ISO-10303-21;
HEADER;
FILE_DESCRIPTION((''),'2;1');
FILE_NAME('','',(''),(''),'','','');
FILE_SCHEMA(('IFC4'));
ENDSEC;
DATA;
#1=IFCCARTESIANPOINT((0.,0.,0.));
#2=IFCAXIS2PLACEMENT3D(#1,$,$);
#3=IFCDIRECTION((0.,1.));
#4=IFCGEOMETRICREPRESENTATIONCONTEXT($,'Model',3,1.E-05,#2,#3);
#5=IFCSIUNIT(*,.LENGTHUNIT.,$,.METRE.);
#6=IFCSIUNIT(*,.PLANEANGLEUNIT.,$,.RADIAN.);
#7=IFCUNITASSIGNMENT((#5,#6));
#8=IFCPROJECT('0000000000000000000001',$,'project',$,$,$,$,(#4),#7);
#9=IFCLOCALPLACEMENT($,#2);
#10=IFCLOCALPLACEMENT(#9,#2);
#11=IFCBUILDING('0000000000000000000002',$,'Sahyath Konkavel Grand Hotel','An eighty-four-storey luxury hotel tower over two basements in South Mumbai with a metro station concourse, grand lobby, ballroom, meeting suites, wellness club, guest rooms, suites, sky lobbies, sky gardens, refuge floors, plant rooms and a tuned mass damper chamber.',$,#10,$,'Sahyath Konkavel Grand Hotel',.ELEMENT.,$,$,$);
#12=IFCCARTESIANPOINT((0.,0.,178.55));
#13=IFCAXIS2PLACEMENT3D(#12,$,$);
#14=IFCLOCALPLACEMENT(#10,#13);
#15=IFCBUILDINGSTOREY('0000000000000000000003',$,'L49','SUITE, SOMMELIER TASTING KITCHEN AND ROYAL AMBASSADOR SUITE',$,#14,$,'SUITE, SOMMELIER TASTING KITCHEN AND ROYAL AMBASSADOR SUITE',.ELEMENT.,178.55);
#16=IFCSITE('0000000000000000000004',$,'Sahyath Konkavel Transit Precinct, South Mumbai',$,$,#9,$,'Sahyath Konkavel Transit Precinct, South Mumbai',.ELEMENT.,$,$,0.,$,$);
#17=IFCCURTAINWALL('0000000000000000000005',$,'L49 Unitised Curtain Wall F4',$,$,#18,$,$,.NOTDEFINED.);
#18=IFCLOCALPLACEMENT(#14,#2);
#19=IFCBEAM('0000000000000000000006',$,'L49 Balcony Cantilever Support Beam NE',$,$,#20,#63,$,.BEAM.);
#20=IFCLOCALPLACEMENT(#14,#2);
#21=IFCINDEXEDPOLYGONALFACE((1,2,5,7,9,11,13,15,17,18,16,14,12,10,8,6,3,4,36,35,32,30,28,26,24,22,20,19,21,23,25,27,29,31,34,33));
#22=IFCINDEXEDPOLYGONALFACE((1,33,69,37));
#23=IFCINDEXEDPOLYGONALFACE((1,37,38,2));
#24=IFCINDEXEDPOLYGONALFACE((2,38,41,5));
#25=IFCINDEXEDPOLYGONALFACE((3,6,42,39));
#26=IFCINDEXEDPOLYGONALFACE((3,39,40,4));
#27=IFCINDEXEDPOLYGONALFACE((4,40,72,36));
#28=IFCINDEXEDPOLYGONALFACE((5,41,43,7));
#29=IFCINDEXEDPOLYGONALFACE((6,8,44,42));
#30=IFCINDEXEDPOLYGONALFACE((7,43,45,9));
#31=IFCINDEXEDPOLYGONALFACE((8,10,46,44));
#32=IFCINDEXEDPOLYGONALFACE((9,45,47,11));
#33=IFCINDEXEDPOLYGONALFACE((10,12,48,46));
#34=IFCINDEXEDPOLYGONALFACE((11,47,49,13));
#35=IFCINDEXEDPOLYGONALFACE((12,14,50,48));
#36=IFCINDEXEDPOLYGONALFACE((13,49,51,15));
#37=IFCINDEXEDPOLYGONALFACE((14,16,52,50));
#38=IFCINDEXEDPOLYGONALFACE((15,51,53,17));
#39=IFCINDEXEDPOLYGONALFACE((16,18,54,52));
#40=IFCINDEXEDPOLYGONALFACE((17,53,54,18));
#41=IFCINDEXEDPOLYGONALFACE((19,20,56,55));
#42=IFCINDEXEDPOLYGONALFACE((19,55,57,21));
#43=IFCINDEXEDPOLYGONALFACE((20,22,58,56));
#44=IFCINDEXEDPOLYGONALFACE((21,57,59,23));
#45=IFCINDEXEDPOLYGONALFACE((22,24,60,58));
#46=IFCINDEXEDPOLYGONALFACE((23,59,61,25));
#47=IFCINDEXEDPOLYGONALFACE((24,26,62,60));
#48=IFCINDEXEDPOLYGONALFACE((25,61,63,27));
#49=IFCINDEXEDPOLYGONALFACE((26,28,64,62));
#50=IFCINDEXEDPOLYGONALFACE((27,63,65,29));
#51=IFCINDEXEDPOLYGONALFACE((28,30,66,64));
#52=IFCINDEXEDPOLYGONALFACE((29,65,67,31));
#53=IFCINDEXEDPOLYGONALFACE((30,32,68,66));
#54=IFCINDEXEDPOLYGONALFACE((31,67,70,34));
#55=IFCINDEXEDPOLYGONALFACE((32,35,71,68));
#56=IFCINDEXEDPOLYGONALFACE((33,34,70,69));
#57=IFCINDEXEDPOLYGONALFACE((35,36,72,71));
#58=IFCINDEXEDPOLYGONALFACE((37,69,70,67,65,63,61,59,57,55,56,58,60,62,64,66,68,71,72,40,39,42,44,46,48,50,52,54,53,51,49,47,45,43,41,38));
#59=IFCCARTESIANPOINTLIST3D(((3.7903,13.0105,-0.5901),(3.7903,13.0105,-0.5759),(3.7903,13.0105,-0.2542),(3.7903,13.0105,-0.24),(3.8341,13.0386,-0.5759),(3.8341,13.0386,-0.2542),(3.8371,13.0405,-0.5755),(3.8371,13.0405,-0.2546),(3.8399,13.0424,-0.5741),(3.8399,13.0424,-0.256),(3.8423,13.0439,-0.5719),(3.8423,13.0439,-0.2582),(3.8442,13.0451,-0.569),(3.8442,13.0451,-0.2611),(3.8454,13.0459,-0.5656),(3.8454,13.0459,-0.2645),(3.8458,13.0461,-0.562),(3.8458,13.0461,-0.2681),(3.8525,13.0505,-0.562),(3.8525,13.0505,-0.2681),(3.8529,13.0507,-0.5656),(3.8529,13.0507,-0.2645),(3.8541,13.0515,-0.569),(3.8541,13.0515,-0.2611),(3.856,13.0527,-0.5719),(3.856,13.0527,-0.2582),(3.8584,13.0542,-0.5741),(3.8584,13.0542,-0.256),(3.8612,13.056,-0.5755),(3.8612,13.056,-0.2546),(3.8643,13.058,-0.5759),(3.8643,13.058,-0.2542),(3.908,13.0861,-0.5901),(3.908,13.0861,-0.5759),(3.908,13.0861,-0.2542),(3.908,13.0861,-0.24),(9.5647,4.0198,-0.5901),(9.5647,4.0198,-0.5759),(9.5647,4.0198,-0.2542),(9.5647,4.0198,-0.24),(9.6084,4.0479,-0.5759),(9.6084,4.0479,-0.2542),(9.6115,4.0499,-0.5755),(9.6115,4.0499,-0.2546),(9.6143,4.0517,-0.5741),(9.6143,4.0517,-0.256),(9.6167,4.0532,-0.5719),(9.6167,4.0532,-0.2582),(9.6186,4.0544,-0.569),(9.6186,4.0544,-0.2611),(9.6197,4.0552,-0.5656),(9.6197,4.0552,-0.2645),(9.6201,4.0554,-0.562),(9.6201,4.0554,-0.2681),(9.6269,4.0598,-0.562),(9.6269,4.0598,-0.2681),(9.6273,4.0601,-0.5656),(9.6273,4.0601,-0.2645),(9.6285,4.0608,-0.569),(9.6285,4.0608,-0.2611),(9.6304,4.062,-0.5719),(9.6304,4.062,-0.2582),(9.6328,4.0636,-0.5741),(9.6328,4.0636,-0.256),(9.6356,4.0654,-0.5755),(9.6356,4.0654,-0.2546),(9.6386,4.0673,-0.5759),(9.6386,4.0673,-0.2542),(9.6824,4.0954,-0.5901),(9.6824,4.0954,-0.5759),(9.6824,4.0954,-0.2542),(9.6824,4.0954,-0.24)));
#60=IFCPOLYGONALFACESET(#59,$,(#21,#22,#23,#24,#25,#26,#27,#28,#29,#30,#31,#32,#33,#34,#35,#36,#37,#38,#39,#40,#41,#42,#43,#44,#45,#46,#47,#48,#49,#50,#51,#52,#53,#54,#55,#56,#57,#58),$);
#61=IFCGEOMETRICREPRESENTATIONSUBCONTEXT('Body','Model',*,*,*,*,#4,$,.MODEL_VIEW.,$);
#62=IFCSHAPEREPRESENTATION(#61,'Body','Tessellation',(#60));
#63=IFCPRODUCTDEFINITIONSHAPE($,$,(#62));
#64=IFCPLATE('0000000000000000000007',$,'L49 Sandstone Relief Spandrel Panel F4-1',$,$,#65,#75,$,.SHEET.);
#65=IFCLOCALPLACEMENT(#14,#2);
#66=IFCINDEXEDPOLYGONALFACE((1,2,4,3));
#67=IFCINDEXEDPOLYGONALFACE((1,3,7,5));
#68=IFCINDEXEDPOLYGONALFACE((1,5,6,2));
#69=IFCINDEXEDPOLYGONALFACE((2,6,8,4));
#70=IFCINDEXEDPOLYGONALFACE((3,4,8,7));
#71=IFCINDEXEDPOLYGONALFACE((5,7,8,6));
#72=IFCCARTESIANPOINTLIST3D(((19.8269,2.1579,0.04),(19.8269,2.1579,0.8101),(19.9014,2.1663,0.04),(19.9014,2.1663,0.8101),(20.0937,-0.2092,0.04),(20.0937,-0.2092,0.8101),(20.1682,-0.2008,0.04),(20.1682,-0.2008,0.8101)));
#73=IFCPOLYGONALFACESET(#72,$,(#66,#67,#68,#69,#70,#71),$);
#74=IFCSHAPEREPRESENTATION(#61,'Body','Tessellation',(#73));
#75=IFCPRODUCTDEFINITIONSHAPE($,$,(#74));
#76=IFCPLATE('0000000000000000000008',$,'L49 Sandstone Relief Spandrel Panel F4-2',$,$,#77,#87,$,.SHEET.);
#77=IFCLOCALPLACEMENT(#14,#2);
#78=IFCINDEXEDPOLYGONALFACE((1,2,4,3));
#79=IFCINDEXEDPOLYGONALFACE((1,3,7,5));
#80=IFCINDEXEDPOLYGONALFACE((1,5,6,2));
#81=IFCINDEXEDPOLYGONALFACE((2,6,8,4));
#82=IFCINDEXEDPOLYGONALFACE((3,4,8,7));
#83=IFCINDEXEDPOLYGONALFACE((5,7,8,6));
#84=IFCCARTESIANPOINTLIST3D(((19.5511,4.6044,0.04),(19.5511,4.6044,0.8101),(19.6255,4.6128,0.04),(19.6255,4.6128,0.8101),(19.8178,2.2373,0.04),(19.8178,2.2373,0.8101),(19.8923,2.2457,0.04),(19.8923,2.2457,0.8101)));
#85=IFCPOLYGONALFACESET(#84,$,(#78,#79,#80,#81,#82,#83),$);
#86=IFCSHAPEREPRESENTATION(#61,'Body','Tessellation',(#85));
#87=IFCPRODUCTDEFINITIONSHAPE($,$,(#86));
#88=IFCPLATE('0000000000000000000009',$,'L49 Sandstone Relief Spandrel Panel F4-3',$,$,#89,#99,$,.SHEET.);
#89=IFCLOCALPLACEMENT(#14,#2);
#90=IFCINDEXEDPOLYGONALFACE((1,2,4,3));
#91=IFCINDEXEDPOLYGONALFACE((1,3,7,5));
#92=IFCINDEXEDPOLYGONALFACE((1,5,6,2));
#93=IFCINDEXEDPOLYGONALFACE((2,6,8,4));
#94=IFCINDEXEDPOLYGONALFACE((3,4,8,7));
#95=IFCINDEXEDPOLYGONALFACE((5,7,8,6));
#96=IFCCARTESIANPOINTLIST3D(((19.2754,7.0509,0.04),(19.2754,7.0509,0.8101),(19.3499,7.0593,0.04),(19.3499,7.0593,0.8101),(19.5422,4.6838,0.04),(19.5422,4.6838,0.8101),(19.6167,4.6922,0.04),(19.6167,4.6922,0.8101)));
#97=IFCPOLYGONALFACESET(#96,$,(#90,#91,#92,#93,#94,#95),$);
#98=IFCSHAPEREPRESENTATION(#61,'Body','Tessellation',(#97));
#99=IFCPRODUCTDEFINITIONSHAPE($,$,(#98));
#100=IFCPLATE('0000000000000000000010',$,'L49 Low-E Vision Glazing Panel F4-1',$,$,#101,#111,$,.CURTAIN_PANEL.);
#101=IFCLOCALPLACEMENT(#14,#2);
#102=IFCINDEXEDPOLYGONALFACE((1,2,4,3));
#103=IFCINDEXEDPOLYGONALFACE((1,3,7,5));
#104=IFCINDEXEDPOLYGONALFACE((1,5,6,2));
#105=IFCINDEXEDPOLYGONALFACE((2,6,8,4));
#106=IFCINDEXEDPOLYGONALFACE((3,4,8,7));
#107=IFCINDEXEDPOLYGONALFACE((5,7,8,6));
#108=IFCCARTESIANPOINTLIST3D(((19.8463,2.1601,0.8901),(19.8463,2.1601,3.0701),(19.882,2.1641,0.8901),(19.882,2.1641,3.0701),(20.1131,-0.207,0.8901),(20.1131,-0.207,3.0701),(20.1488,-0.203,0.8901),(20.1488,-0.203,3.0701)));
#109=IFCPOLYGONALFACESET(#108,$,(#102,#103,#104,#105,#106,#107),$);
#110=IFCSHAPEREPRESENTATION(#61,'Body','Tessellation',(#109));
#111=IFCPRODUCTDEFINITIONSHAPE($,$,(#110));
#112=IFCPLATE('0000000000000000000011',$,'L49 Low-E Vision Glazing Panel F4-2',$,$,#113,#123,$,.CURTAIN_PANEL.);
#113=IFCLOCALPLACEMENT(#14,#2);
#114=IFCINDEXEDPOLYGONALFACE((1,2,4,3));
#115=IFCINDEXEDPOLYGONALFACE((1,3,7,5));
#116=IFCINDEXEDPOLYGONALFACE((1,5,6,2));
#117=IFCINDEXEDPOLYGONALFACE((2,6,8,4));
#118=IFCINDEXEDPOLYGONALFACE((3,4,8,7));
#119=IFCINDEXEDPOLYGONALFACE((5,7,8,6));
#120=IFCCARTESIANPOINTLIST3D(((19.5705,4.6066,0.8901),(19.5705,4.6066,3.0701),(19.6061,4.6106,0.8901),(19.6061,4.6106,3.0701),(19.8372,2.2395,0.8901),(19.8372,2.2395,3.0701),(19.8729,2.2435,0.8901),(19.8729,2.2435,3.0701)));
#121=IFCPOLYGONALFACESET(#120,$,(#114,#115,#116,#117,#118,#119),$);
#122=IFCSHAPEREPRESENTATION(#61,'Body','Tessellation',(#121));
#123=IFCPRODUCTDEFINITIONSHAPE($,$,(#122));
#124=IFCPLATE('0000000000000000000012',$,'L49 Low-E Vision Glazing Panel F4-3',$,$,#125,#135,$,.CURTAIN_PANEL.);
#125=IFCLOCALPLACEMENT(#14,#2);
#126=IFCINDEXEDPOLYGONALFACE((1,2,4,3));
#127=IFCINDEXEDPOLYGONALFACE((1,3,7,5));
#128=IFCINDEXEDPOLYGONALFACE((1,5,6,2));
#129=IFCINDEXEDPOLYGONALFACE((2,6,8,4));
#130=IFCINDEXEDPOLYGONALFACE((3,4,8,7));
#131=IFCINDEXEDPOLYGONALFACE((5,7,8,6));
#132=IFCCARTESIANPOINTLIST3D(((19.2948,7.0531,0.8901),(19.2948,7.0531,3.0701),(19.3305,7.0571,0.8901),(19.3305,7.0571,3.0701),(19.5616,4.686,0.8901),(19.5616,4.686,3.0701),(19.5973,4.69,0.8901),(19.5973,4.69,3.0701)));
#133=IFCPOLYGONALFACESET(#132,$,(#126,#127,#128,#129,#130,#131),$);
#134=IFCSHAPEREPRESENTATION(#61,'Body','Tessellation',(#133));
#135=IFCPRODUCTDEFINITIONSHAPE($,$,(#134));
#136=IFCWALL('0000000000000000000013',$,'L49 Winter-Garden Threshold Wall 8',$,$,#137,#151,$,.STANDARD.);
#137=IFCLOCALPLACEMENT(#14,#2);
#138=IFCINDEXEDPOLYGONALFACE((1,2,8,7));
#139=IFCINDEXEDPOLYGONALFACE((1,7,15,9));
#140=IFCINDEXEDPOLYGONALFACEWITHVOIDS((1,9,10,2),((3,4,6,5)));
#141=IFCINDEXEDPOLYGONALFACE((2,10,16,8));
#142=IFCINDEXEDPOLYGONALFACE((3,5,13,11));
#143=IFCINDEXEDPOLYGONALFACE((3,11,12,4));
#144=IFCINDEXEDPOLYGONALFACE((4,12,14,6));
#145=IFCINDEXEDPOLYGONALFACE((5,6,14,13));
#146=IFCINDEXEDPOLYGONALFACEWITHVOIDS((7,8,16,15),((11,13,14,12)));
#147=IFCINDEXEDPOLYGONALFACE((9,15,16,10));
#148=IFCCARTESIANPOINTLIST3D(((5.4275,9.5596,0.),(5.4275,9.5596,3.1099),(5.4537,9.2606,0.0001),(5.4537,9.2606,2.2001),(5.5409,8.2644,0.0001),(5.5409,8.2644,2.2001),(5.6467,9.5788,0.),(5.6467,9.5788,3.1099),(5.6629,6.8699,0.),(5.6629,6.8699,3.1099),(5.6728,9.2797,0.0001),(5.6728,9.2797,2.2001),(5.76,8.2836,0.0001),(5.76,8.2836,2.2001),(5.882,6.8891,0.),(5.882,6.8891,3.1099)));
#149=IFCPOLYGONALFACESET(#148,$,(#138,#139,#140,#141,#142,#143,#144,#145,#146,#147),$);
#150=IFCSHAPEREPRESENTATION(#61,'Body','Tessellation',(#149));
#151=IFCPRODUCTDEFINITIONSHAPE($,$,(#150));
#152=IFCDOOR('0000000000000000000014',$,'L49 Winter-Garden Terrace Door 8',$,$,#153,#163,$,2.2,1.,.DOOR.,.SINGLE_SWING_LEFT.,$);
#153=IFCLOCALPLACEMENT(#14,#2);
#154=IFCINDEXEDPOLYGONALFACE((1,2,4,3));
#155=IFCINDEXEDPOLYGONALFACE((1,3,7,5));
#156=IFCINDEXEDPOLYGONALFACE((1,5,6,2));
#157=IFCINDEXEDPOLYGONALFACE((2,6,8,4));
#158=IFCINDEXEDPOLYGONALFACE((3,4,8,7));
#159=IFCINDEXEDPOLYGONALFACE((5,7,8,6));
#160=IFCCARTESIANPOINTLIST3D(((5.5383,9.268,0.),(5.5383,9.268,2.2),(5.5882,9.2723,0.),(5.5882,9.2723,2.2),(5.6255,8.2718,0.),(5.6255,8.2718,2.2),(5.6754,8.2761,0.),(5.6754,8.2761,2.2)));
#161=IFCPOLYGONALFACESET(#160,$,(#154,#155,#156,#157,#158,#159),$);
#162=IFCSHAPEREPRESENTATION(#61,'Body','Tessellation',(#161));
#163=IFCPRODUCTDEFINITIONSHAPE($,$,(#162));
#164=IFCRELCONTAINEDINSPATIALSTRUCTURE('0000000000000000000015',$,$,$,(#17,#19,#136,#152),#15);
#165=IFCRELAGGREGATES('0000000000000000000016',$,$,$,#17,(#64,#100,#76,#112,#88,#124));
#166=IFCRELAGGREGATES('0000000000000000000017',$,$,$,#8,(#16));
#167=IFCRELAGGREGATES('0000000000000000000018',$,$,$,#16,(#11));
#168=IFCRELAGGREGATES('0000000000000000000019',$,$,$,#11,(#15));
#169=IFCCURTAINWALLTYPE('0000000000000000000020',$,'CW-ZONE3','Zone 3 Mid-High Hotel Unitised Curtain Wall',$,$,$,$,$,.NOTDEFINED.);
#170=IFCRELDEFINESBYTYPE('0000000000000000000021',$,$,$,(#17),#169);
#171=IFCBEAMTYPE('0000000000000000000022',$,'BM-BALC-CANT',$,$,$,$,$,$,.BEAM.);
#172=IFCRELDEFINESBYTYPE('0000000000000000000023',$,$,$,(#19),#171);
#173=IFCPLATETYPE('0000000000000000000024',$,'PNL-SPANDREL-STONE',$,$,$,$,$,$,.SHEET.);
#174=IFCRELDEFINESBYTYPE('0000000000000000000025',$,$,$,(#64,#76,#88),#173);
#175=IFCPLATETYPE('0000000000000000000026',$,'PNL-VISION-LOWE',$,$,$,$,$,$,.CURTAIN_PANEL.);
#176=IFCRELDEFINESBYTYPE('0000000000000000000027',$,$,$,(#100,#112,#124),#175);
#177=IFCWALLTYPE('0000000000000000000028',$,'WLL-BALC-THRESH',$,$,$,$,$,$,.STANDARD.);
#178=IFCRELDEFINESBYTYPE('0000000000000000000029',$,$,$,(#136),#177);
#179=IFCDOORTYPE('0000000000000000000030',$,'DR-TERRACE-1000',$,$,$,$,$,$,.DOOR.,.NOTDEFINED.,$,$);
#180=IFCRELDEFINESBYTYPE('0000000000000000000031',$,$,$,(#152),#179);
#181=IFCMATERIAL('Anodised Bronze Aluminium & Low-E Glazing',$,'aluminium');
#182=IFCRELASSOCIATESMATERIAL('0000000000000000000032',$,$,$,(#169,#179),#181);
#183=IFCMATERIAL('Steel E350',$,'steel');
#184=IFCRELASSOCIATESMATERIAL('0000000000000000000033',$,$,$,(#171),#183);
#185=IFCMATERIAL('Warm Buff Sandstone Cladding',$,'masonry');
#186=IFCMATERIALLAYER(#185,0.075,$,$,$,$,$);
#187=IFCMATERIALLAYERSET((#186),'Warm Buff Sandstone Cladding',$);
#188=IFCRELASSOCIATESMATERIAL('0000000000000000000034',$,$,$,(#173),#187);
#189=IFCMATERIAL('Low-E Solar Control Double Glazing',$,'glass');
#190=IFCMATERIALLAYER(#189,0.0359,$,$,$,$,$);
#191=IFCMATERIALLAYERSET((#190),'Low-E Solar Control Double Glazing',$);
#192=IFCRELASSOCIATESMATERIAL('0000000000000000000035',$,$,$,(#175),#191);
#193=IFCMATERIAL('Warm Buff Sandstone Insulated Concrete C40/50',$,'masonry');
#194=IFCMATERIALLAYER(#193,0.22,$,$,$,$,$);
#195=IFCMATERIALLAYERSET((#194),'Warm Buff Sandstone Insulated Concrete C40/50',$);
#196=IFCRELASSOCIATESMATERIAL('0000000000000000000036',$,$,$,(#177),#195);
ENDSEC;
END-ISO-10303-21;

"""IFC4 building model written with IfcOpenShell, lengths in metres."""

from ifc_helpers import new_model, si_unit, direction, frame, frame_2d, origin, origin_2d, place, context, subcontext, project, spatial, rectangle, i_section, extrude, source, transform, mapped, material, layer, layer_set, material_profile, profile_set, type_object, element, fill, aggregate, save


model = new_model("IFC4")

# Units and contexts
model_context = context("Model", 3, precision=1e-05, world=origin(), true_north=direction((0.0, 1.0)))
body_context = subcontext(model_context, "Body", "Model", "MODEL_VIEW")
ifc_project = project(units=[si_unit("LENGTHUNIT", "METRE"), si_unit("PLANEANGLEUNIT", "RADIAN")], contexts=[model_context])

# Site, building, storey
site_placement = place(None, origin())
site = spatial("IfcSite", under=ifc_project, at=site_placement, Name="Sahyath Konkavel Transit Precinct, South Mumbai", LongName="Sahyath Konkavel Transit Precinct, South Mumbai", CompositionType="ELEMENT", RefElevation=0.0)
building_placement = place(site_placement, origin())
building = spatial("IfcBuilding", under=site, at=building_placement, Name="Sahyath Konkavel Grand Hotel", Description="An eighty-four-storey luxury hotel tower over two basements in South Mumbai with a metro station concourse, grand lobby, ballroom, meeting suites, wellness club, guest rooms, suites, sky lobbies, sky gardens, refuge floors, plant rooms and a tuned mass damper chamber.", LongName="Sahyath Konkavel Grand Hotel", CompositionType="ELEMENT")
storey_placement = place(building_placement, frame((0.0, 0.0, 178.55)))
storey = spatial("IfcBuildingStorey", under=building, at=storey_placement, Name="L49", Description="SUITE, SOMMELIER TASTING KITCHEN AND ROYAL AMBASSADOR SUITE", LongName="SUITE, SOMMELIER TASTING KITCHEN AND ROYAL AMBASSADOR SUITE", CompositionType="ELEMENT", Elevation=178.55)

# Shared definitions
ifc_material_1 = material(Name="Steel E350", Category="steel")

# Curtain wall
ifc_material_2 = material(Name="Anodised Bronze Aluminium & Low-E Glazing", Category="aluminium")
curtain_wall_type = type_object("IfcCurtainWallType", Name="CW-ZONE3", Description="Zone 3 Mid-High Hotel Unitised Curtain Wall", PredefinedType="NOTDEFINED", material=ifc_material_2)
curtain_wall_1_placement = place(storey_placement, origin())
curtain_wall_1 = element("IfcCurtainWall", 1, at=curtain_wall_1_placement, inside=storey, type_object=curtain_wall_type, Name="L49 Unitised Curtain Wall F4", PredefinedType="NOTDEFINED")

# Beam
ifc_material_profile_1 = material_profile(ifc_material_1, i_section(OverallWidth=0.1399, OverallDepth=0.3501, WebThickness=0.0081, FlangeThickness=0.0142, FilletRadius=0.0139, at=origin_2d()), Name="ISMB 350")
ifc_profile_set_1 = profile_set([ifc_material_profile_1], Name="Steel E350")
beam_type_1 = type_object("IfcBeamType", Name="BM-BALC-CANT", PredefinedType="BEAM", material=ifc_profile_set_1)
shared_shape_1 = source(origin(), body_context, "Body", "SweptSolid", [
    extrude(i_section(OverallWidth=0.1399, OverallDepth=0.3501, WebThickness=0.0081, FlangeThickness=0.0142, FilletRadius=0.0139, at=origin_2d()), origin(), (0.0, 0.0, 1.0), 10.6853),
])
beam_1_placement = place(storey_placement, frame((9.6235, 4.0576, -0.415), z_axis=(-0.540404, 0.841406, 0.0), x_axis=(-0.841406, -0.540404, 0.0)))
element("IfcBeam", 2, at=beam_1_placement, inside=storey, type_object=beam_type_1, Name="L49 Balcony Cantilever Support Beam NE", PredefinedType="BEAM", context=body_context, shape_type="MappedRepresentation", body=[
    mapped(shared_shape_1, transform((0.0, 0.0, 0.0), scale=1.0)),
])

# Plates
ifc_material_3 = material(Name="Warm Buff Sandstone Cladding", Category="masonry")
ifc_layer_1 = layer(ifc_material_3, 0.075)
ifc_layer_set_1 = layer_set([ifc_layer_1], Name="Warm Buff Sandstone Cladding")
plate_type_1 = type_object("IfcPlateType", Name="PNL-SPANDREL-STONE", PredefinedType="SHEET", material=ifc_layer_set_1)
shared_shape_2 = source(origin(), body_context, "Body", "SweptSolid", [
    extrude(rectangle(XDim=2.3821, YDim=0.075, at=origin_2d()), origin(), (0.0, 0.0, 1.0), 0.77),
])
plate_1_placement = place(storey_placement, frame((19.9976, 0.9785, 0.04), z_axis=(0.0, 0.0, 1.0), x_axis=(-0.111989, 0.993709, 0.0)))
plate_1 = element("IfcPlate", 3, at=plate_1_placement, type_object=plate_type_1, Name="L49 Sandstone Relief Spandrel Panel F4-1", PredefinedType="SHEET", context=body_context, shape_type="MappedRepresentation", body=[
    mapped(shared_shape_2, transform((0.0, 0.0, 0.0), scale=1.0)),
])
plate_2_placement = place(storey_placement, frame((19.7217, 3.425, 0.04), z_axis=(0.0, 0.0, 1.0), x_axis=(-0.111989, 0.993709, 0.0)))
plate_2 = element("IfcPlate", 4, at=plate_2_placement, type_object=plate_type_1, Name="L49 Sandstone Relief Spandrel Panel F4-2", PredefinedType="SHEET", context=body_context, shape_type="MappedRepresentation", body=[
    mapped(shared_shape_2, transform((0.0, 0.0, 0.0), scale=1.0)),
])
plate_3_placement = place(storey_placement, frame((19.446, 5.8716, 0.04), z_axis=(0.0, 0.0, 1.0), x_axis=(-0.111989, 0.993709, 0.0)))
plate_3 = element("IfcPlate", 5, at=plate_3_placement, type_object=plate_type_1, Name="L49 Sandstone Relief Spandrel Panel F4-3", PredefinedType="SHEET", context=body_context, shape_type="MappedRepresentation", body=[
    mapped(shared_shape_2, transform((0.0, 0.0, 0.0), scale=1.0)),
])
ifc_material_4 = material(Name="Low-E Solar Control Double Glazing", Category="glass")
ifc_layer_2 = layer(ifc_material_4, 0.0359)
ifc_layer_set_2 = layer_set([ifc_layer_2], Name="Low-E Solar Control Double Glazing")
plate_type_2 = type_object("IfcPlateType", Name="PNL-VISION-LOWE", PredefinedType="CURTAIN_PANEL", material=ifc_layer_set_2)
shared_shape_3 = source(origin(), body_context, "Body", "SweptSolid", [
    extrude(rectangle(XDim=2.3821, YDim=0.0359, at=origin_2d()), origin(), (0.0, 0.0, 1.0), 2.1799),
])
plate_4_placement = place(storey_placement, frame((19.9976, 0.9785, 0.8901), z_axis=(0.0, 0.0, 1.0), x_axis=(-0.111989, 0.993709, 0.0)))
plate_4 = element("IfcPlate", 6, at=plate_4_placement, type_object=plate_type_2, Name="L49 Low-E Vision Glazing Panel F4-1", PredefinedType="CURTAIN_PANEL", context=body_context, shape_type="MappedRepresentation", body=[
    mapped(shared_shape_3, transform((0.0, 0.0, 0.0), scale=1.0)),
])
plate_5_placement = place(storey_placement, frame((19.7217, 3.425, 0.8901), z_axis=(0.0, 0.0, 1.0), x_axis=(-0.111989, 0.993709, 0.0)))
plate_5 = element("IfcPlate", 7, at=plate_5_placement, type_object=plate_type_2, Name="L49 Low-E Vision Glazing Panel F4-2", PredefinedType="CURTAIN_PANEL", context=body_context, shape_type="MappedRepresentation", body=[
    mapped(shared_shape_3, transform((0.0, 0.0, 0.0), scale=1.0)),
])
plate_6_placement = place(storey_placement, frame((19.446, 5.8716, 0.8901), z_axis=(0.0, 0.0, 1.0), x_axis=(-0.111989, 0.993709, 0.0)))
plate_6 = element("IfcPlate", 8, at=plate_6_placement, type_object=plate_type_2, Name="L49 Low-E Vision Glazing Panel F4-3", PredefinedType="CURTAIN_PANEL", context=body_context, shape_type="MappedRepresentation", body=[
    mapped(shared_shape_3, transform((0.0, 0.0, 0.0), scale=1.0)),
])
aggregate(curtain_wall_1, [plate_1, plate_4, plate_2, plate_5, plate_3, plate_6])

# Wall, opening, door
ifc_material_5 = material(Name="Warm Buff Sandstone Insulated Concrete C40/50", Category="masonry")
ifc_layer_3 = layer(ifc_material_5, 0.22)
ifc_layer_set_3 = layer_set([ifc_layer_3], Name="Warm Buff Sandstone Insulated Concrete C40/50")
wall_type_1 = type_object("IfcWallType", Name="WLL-BALC-THRESH", PredefinedType="STANDARD", material=ifc_layer_set_3)
wall_1_placement = place(storey_placement, frame((5.7725, 6.8794, 0.0), z_axis=(0.0, 0.0, 1.0), x_axis=(-0.087168, 0.996194, 0.0)))
wall_1 = element("IfcWall", 9, at=wall_1_placement, inside=storey, type_object=wall_type_1, Name="L49 Winter-Garden Threshold Wall 8", PredefinedType="STANDARD", context=body_context, shape_type="SweptSolid", body=[
    extrude(rectangle(XDim=2.7, YDim=0.22, at=frame_2d((1.3501, 0.0))), origin(), (0.0, 0.0, 1.0), 3.1099),
])
opening_1_placement = place(wall_1_placement, frame((1.3999, 0.0, 0.0)))
opening_1 = element("IfcOpeningElement", 10, at=opening_1_placement, cuts=wall_1, PredefinedType="OPENING", context=body_context, shape_type="SweptSolid", body=[
    extrude(rectangle(XDim=1.0, YDim=2.2, at=frame_2d((0.5, 1.1001))), frame((0.0, 0.1201, 0.0), z_axis=(0.0, -1.0, 0.0), x_axis=(1.0, 0.0, 0.0)), (0.0, 0.0, 1.0), 0.24),
])
door_type_1 = type_object("IfcDoorType", Name="DR-TERRACE-1000", OperationType="NOTDEFINED", PredefinedType="DOOR", material=ifc_material_2)
shared_shape_4 = source(origin(), body_context, "Body", "SweptSolid", [
    extrude(rectangle(XDim=1.0, YDim=0.05, at=origin_2d()), origin(), (0.0, 0.0, 1.0), 2.2),
])
door_1_placement = place(opening_1_placement, frame((0.5, 0.0, 0.0)))
door_1 = element("IfcDoor", 11, at=door_1_placement, inside=storey, type_object=door_type_1, Name="L49 Winter-Garden Terrace Door 8", OperationType="SINGLE_SWING_LEFT", OverallHeight=2.2, OverallWidth=1.0, PredefinedType="DOOR", context=body_context, shape_type="MappedRepresentation", body=[
    mapped(shared_shape_4, transform((0.0, 0.0, 0.0), scale=1.0)),
])
fill(opening_1, door_1)

save(model, "model.ifc")
